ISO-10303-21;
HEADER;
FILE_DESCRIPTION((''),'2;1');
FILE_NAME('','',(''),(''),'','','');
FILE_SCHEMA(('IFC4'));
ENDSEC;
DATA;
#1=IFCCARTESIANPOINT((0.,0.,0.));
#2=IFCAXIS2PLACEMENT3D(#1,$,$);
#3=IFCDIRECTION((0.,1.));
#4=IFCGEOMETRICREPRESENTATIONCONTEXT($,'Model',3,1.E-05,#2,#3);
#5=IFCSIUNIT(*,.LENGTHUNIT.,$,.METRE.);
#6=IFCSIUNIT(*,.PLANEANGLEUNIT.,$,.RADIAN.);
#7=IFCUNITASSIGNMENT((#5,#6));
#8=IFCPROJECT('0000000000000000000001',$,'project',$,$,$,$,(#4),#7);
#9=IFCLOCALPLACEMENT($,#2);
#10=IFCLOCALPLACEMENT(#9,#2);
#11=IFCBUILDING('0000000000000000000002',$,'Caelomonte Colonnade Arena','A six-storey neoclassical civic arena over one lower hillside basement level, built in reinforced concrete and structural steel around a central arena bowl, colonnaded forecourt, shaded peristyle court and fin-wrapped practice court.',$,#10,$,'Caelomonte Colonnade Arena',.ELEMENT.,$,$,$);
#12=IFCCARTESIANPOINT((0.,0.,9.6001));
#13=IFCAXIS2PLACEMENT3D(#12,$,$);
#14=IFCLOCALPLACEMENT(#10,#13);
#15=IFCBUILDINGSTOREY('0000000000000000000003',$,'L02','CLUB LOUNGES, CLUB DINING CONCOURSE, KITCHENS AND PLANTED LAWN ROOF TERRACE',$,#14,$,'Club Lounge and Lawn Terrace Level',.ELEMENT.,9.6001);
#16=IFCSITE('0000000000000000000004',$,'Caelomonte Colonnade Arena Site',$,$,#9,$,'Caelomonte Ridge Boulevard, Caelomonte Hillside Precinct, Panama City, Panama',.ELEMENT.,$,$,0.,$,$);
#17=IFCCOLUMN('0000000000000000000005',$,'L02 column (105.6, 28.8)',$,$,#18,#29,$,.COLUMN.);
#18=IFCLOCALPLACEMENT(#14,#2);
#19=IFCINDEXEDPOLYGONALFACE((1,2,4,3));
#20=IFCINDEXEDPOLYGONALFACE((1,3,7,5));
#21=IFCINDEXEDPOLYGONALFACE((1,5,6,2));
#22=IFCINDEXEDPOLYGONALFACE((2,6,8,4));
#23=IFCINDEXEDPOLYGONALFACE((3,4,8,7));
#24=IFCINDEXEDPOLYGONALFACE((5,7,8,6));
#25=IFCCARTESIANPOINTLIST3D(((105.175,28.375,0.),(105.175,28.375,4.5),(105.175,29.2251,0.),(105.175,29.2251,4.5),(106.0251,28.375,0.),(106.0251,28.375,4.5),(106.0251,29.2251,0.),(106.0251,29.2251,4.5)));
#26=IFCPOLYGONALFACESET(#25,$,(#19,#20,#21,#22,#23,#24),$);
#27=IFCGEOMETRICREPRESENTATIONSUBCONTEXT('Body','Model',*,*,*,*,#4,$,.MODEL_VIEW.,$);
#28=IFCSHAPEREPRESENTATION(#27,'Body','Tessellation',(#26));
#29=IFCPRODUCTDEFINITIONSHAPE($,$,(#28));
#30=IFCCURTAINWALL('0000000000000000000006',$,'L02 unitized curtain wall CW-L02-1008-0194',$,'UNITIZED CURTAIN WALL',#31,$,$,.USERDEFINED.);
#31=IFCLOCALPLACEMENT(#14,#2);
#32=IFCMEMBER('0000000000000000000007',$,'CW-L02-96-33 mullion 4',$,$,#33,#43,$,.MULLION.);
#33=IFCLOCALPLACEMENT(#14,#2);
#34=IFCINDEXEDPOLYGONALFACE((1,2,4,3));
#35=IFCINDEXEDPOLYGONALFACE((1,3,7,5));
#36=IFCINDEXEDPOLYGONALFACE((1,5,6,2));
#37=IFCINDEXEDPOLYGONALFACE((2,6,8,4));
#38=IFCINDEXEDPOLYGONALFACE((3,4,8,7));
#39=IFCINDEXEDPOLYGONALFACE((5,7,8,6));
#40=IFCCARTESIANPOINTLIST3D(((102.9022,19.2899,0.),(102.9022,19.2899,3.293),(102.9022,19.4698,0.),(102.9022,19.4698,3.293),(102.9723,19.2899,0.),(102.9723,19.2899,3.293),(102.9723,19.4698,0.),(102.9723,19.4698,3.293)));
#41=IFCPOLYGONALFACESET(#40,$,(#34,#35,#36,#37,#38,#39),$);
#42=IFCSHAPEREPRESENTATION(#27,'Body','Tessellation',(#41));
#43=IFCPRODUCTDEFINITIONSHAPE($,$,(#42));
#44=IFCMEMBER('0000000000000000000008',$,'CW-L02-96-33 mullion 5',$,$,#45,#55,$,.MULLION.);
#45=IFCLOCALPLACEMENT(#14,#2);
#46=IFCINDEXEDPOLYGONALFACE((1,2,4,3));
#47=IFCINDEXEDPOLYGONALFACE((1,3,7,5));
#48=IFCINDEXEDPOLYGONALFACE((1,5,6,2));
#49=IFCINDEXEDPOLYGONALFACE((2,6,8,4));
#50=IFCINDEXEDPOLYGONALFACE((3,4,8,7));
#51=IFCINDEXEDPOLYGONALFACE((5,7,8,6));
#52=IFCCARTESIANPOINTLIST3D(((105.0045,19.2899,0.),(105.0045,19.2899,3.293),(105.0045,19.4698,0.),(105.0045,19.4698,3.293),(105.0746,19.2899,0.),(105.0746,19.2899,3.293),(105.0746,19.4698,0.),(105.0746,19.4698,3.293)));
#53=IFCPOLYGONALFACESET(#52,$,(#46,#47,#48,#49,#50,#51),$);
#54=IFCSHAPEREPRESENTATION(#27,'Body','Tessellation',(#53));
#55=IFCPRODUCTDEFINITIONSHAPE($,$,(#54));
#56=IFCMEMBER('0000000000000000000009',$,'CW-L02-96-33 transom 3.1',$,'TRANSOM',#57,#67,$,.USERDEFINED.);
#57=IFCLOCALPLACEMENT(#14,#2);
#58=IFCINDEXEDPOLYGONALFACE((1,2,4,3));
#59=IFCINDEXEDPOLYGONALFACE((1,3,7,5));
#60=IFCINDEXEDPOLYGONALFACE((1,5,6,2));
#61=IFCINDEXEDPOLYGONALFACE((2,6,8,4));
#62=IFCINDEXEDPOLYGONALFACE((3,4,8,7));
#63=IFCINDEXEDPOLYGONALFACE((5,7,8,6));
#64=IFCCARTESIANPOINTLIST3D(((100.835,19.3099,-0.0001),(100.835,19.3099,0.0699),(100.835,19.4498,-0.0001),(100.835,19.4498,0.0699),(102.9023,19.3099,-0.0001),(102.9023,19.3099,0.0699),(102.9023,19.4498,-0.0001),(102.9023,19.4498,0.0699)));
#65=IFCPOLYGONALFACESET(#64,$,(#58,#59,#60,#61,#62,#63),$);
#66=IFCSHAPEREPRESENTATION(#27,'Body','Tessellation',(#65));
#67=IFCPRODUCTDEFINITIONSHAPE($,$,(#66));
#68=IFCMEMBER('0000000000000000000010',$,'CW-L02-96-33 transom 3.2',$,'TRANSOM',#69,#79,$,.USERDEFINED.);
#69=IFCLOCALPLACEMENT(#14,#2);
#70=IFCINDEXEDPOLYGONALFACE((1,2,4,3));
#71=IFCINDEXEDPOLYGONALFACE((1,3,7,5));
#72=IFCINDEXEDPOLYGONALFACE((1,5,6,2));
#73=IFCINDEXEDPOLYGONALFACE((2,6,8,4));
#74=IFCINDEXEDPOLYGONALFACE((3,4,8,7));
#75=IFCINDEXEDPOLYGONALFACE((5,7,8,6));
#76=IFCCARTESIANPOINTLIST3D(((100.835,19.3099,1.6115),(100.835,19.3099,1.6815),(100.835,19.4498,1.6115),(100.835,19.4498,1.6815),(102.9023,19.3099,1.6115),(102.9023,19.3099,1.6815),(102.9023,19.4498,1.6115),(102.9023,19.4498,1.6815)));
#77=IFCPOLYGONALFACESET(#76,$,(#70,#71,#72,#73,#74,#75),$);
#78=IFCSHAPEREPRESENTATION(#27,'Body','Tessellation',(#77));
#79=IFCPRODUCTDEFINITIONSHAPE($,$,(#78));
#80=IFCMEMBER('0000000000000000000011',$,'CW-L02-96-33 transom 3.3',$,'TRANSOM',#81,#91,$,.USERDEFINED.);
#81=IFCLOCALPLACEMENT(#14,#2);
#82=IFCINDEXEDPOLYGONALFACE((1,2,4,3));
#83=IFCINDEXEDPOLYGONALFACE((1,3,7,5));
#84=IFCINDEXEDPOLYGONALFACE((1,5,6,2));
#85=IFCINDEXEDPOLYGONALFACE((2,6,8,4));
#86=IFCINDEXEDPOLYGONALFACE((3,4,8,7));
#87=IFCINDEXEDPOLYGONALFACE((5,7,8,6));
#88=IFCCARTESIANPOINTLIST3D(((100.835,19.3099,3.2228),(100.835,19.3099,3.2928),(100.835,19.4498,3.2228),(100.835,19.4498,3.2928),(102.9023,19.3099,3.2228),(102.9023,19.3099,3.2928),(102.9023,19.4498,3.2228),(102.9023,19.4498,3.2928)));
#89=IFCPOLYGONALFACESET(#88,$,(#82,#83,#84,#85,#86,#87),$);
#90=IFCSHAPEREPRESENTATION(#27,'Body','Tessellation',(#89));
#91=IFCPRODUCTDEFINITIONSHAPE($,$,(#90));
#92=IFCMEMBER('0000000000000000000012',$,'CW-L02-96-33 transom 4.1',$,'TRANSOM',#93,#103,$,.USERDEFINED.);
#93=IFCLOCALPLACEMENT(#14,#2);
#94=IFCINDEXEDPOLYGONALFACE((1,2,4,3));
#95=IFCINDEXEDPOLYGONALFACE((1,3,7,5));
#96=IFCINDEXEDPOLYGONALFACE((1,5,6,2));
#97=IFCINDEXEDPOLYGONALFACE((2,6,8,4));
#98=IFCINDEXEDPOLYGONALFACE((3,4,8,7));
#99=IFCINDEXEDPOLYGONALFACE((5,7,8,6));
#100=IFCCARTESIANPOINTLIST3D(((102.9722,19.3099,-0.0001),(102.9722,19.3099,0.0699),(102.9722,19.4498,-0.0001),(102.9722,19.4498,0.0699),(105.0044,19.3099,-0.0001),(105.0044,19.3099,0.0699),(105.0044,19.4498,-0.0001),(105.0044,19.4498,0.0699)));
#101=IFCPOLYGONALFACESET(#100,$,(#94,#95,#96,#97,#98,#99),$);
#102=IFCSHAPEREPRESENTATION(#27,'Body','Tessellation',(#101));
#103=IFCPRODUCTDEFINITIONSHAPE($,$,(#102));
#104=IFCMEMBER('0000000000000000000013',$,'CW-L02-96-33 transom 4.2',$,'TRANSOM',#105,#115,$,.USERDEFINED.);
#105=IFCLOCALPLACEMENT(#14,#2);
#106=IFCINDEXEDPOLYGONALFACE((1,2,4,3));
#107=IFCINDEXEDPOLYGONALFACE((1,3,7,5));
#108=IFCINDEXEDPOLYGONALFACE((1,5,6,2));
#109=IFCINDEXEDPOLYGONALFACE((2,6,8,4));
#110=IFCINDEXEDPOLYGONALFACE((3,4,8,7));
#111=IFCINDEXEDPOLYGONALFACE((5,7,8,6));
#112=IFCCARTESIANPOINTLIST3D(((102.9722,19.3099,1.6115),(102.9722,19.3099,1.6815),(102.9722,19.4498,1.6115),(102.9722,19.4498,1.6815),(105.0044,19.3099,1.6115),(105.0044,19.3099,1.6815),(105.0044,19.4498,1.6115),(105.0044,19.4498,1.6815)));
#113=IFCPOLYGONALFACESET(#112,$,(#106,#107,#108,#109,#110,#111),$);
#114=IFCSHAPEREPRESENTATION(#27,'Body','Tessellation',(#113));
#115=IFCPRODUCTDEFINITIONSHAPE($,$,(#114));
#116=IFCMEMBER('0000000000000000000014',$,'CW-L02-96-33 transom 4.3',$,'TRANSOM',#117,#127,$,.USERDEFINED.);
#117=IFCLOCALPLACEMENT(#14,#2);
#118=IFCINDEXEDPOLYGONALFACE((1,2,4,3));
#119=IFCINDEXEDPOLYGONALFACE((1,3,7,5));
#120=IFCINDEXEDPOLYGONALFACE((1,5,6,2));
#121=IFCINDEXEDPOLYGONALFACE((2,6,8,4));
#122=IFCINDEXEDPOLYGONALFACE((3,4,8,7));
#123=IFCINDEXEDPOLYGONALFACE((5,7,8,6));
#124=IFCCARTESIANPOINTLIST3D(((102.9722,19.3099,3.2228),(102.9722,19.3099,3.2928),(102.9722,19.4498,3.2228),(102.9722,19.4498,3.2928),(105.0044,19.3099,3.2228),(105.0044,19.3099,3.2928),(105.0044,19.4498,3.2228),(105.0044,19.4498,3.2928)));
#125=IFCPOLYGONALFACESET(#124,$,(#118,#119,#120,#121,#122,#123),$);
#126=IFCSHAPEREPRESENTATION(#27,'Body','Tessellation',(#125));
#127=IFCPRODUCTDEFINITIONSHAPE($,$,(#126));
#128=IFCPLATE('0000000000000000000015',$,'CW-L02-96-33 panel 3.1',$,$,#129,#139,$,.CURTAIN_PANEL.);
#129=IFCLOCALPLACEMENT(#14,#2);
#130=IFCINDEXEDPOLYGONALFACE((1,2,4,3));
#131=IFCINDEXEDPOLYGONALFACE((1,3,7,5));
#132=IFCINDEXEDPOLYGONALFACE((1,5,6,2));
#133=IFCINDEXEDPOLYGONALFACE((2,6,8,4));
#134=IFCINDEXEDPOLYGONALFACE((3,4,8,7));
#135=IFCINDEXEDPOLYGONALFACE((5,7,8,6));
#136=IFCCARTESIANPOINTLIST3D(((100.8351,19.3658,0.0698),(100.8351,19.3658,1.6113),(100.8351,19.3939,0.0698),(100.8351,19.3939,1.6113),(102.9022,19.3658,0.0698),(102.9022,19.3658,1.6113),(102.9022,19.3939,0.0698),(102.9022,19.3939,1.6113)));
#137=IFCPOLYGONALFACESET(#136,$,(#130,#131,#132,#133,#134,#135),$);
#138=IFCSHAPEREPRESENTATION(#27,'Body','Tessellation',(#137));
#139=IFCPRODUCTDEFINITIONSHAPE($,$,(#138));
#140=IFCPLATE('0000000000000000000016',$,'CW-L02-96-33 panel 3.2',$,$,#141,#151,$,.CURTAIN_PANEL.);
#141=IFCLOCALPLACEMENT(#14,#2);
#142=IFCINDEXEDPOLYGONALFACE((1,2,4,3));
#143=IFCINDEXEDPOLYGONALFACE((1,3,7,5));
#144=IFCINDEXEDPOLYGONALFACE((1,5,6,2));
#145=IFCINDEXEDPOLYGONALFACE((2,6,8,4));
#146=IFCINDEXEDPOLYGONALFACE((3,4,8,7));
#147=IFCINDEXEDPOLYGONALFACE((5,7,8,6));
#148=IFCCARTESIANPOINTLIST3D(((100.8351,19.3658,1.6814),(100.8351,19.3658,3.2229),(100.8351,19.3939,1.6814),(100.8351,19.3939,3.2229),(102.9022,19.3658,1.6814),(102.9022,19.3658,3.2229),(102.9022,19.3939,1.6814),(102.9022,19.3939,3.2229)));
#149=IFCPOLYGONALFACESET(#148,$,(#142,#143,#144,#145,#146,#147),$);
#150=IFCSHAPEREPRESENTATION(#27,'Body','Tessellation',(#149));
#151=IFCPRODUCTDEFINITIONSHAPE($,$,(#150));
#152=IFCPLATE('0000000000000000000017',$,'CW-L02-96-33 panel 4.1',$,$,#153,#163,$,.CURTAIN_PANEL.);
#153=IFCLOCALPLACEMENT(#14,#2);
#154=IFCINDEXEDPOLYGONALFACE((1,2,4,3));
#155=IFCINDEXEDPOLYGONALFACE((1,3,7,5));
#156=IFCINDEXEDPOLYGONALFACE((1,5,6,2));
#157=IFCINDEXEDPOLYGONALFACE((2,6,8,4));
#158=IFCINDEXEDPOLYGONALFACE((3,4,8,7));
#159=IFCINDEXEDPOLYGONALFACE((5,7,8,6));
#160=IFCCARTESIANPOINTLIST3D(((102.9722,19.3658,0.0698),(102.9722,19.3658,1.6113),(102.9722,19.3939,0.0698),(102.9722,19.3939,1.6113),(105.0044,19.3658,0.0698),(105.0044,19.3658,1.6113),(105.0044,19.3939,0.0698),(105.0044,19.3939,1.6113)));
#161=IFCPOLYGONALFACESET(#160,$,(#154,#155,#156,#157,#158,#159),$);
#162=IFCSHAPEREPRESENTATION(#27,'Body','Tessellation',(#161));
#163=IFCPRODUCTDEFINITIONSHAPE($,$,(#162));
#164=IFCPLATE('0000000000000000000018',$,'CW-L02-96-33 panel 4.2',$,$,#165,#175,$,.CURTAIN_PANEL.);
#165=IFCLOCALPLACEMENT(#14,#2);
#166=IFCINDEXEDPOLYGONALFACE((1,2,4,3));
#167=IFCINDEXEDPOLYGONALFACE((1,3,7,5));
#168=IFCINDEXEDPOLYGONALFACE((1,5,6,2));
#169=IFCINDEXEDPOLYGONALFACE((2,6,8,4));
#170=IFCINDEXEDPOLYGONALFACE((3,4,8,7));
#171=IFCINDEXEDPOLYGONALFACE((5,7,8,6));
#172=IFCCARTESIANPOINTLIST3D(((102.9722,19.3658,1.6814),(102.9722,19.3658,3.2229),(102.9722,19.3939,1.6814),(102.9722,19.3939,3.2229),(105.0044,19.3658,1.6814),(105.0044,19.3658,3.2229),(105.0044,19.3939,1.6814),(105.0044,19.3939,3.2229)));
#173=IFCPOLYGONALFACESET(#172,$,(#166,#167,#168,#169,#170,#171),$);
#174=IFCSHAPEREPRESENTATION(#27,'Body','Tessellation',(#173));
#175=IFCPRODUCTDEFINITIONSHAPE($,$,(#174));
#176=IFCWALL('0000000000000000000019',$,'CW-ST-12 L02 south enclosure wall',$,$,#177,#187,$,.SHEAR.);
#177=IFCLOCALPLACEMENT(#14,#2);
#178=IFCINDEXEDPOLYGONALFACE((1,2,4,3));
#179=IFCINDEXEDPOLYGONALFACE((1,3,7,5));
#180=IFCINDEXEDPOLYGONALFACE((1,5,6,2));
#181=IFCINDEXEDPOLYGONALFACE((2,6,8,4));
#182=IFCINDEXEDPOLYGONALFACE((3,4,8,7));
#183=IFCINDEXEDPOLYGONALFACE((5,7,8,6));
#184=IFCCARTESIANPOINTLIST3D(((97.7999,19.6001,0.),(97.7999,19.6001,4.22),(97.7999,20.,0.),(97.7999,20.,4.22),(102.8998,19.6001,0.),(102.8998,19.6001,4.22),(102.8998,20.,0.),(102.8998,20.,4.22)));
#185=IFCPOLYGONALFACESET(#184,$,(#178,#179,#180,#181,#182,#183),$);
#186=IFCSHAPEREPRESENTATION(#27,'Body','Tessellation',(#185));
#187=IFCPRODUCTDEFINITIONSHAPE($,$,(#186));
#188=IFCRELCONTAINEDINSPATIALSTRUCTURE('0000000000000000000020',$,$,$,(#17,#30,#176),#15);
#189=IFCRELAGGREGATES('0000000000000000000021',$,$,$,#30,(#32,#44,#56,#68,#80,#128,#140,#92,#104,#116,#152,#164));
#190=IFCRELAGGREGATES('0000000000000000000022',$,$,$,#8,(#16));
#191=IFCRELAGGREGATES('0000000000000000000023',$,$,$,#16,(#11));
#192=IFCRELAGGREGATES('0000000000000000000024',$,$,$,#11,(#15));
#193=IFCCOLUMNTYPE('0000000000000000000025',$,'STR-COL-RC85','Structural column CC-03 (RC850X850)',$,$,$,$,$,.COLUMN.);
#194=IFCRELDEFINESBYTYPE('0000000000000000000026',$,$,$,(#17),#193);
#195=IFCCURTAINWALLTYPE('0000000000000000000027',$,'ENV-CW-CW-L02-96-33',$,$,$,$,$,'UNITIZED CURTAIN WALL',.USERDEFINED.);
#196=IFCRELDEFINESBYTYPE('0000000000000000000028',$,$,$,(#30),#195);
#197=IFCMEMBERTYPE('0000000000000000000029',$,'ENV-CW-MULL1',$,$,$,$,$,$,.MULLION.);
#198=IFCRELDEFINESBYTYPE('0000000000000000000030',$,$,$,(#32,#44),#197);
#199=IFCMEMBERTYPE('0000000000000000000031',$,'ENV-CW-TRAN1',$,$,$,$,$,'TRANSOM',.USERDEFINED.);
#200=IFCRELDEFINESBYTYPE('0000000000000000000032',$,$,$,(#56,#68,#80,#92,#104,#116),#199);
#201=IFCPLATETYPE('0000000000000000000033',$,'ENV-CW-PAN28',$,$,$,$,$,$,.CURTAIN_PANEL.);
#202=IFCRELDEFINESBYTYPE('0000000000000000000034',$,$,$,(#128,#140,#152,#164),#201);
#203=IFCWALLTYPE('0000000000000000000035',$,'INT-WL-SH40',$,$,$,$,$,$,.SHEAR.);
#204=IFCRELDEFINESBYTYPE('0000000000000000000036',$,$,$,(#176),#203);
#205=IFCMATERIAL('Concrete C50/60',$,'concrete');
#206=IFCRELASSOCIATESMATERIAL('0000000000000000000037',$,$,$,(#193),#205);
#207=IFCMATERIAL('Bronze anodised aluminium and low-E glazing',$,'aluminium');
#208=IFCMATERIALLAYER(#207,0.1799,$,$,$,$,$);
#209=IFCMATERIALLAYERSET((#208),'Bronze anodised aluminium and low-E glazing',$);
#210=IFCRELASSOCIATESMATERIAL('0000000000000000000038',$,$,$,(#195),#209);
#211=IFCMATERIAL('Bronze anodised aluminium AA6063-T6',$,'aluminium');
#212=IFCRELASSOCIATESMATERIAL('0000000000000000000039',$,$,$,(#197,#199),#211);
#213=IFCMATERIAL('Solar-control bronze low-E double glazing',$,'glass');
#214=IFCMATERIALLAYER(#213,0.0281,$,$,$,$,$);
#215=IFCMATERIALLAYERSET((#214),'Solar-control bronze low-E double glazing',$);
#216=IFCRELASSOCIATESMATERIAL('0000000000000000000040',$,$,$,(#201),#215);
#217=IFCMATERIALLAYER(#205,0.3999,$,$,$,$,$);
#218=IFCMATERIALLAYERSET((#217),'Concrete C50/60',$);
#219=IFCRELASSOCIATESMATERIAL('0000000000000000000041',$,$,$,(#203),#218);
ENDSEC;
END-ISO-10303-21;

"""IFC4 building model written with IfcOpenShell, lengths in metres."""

from ifc_helpers import new_model, si_unit, direction, frame, frame_2d, origin, origin_2d, place, context, subcontext, project, spatial, rectangle, extrude, material, layer, layer_set, material_profile, profile_set, type_object, element, aggregate, save


model = new_model("IFC4")

# Units and contexts
model_context = context("Model", 3, precision=1e-05, world=origin(), true_north=direction((0.0, 1.0)))
body_context = subcontext(model_context, "Body", "Model", "MODEL_VIEW")
ifc_project = project(units=[si_unit("LENGTHUNIT", "METRE"), si_unit("PLANEANGLEUNIT", "RADIAN")], contexts=[model_context])

# Site, building, storey
site_placement = place(None, origin())
site = spatial("IfcSite", under=ifc_project, at=site_placement, Name="Caelomonte Colonnade Arena Site", LongName="Caelomonte Ridge Boulevard, Caelomonte Hillside Precinct, Panama City, Panama", CompositionType="ELEMENT", RefElevation=0.0)
building_placement = place(site_placement, origin())
building = spatial("IfcBuilding", under=site, at=building_placement, Name="Caelomonte Colonnade Arena", Description="A six-storey neoclassical civic arena over one lower hillside basement level, built in reinforced concrete and structural steel around a central arena bowl, colonnaded forecourt, shaded peristyle court and fin-wrapped practice court.", LongName="Caelomonte Colonnade Arena", CompositionType="ELEMENT")
storey_placement = place(building_placement, frame((0.0, 0.0, 9.6001)))
storey = spatial("IfcBuildingStorey", under=building, at=storey_placement, Name="L02", Description="CLUB LOUNGES, CLUB DINING CONCOURSE, KITCHENS AND PLANTED LAWN ROOF TERRACE", LongName="Club Lounge and Lawn Terrace Level", CompositionType="ELEMENT", Elevation=9.6001)

# Column
ifc_material_1 = material(Name="Concrete C50/60", Category="concrete")
ifc_material_profile_1 = material_profile(ifc_material_1, rectangle(XDim=0.8501, YDim=0.8501, at=origin_2d()), Name="RC850X850")
ifc_profile_set_1 = profile_set([ifc_material_profile_1], Name="Concrete C50/60")
column_type = type_object("IfcColumnType", Name="STR-COL-RC85", Description="Structural column CC-03 (RC850X850)", PredefinedType="COLUMN", material=ifc_profile_set_1)
column_placement = place(storey_placement, frame((105.6001, 28.8, 0.0), z_axis=(0.0, 0.0, 1.0), x_axis=(1.0, 0.0, 0.0)))
element("IfcColumn", 1, at=column_placement, inside=storey, type_object=column_type, Name="L02 column (105.6, 28.8)", PredefinedType="COLUMN", context=body_context, shape_type="SweptSolid", body=[
    extrude(rectangle(XDim=0.8501, YDim=0.8501, at=origin_2d()), origin(), (0.0, 0.0, 1.0), 4.5),
])

# Curtain wall, members, plates
ifc_material_2 = material(Name="Bronze anodised aluminium and low-E glazing", Category="aluminium")
ifc_layer_1 = layer(ifc_material_2, 0.1799)
ifc_layer_set_1 = layer_set([ifc_layer_1], Name="Bronze anodised aluminium and low-E glazing")
curtain_wall_type = type_object("IfcCurtainWallType", Name="ENV-CW-CW-L02-96-33", ElementType="UNITIZED CURTAIN WALL", PredefinedType="USERDEFINED", material=ifc_layer_set_1)
curtain_wall_placement = place(storey_placement, origin())
curtain_wall = element("IfcCurtainWall", 2, at=curtain_wall_placement, inside=storey, type_object=curtain_wall_type, Name="L02 unitized curtain wall CW-L02-1008-0194", ObjectType="UNITIZED CURTAIN WALL", PredefinedType="USERDEFINED")
ifc_material_3 = material(Name="Bronze anodised aluminium AA6063-T6", Category="aluminium")
ifc_material_profile_2 = material_profile(ifc_material_3, rectangle(XDim=0.0701, YDim=0.1799, at=origin_2d()), Name="CWM-70X180")
ifc_profile_set_2 = profile_set([ifc_material_profile_2], Name="Bronze anodised aluminium AA6063-T6")
member_type_1 = type_object("IfcMemberType", Name="ENV-CW-MULL1", PredefinedType="MULLION", material=ifc_profile_set_2)
member_1_placement = place(storey_placement, frame((102.9373, 19.3799, 0.0), z_axis=(0.0, 0.0, 1.0), x_axis=(1.0, 0.0, 0.0)))
member_1 = element("IfcMember", 3, at=member_1_placement, type_object=member_type_1, Name="CW-L02-96-33 mullion 4", PredefinedType="MULLION", context=body_context, shape_type="SweptSolid", body=[
    extrude(rectangle(XDim=0.0701, YDim=0.1799, at=origin_2d()), origin(), (0.0, 0.0, 1.0), 3.293),
])
member_2_placement = place(storey_placement, frame((105.0396, 19.3799, 0.0), z_axis=(0.0, 0.0, 1.0), x_axis=(1.0, 0.0, 0.0)))
member_2 = element("IfcMember", 4, at=member_2_placement, type_object=member_type_1, Name="CW-L02-96-33 mullion 5", PredefinedType="MULLION", context=body_context, shape_type="SweptSolid", body=[
    extrude(rectangle(XDim=0.0701, YDim=0.1799, at=origin_2d()), origin(), (0.0, 0.0, 1.0), 3.293),
])
ifc_material_profile_3 = material_profile(ifc_material_3, rectangle(XDim=0.0701, YDim=0.1399, at=origin_2d()), Name="CWT-70X140")
ifc_profile_set_3 = profile_set([ifc_material_profile_3], Name="Bronze anodised aluminium AA6063-T6")
member_type_2 = type_object("IfcMemberType", Name="ENV-CW-TRAN1", ElementType="TRANSOM", PredefinedType="USERDEFINED", material=ifc_profile_set_3)
member_3_placement = place(storey_placement, frame((100.835, 19.3799, 0.0349), z_axis=(1.0, 0.0, 0.0), x_axis=(0.0, 0.0, 1.0)))
member_3 = element("IfcMember", 5, at=member_3_placement, type_object=member_type_2, Name="CW-L02-96-33 transom 3.1", ObjectType="TRANSOM", PredefinedType="USERDEFINED", context=body_context, shape_type="SweptSolid", body=[
    extrude(rectangle(XDim=0.0701, YDim=0.1399, at=origin_2d()), origin(), (0.0, 0.0, 1.0), 2.0674),
])
member_4_placement = place(storey_placement, frame((100.835, 19.3799, 1.6465), z_axis=(1.0, 0.0, 0.0), x_axis=(0.0, 0.0, 1.0)))
member_4 = element("IfcMember", 6, at=member_4_placement, type_object=member_type_2, Name="CW-L02-96-33 transom 3.2", ObjectType="TRANSOM", PredefinedType="USERDEFINED", context=body_context, shape_type="SweptSolid", body=[
    extrude(rectangle(XDim=0.0701, YDim=0.1399, at=origin_2d()), origin(), (0.0, 0.0, 1.0), 2.0674),
])
member_5_placement = place(storey_placement, frame((100.835, 19.3799, 3.2578), z_axis=(1.0, 0.0, 0.0), x_axis=(0.0, 0.0, 1.0)))
member_5 = element("IfcMember", 7, at=member_5_placement, type_object=member_type_2, Name="CW-L02-96-33 transom 3.3", ObjectType="TRANSOM", PredefinedType="USERDEFINED", context=body_context, shape_type="SweptSolid", body=[
    extrude(rectangle(XDim=0.0701, YDim=0.1399, at=origin_2d()), origin(), (0.0, 0.0, 1.0), 2.0674),
])
member_6_placement = place(storey_placement, frame((102.9722, 19.3799, 0.0349), z_axis=(1.0, 0.0, 0.0), x_axis=(0.0, 0.0, 1.0)))
member_6 = element("IfcMember", 8, at=member_6_placement, type_object=member_type_2, Name="CW-L02-96-33 transom 4.1", ObjectType="TRANSOM", PredefinedType="USERDEFINED", context=body_context, shape_type="SweptSolid", body=[
    extrude(rectangle(XDim=0.0701, YDim=0.1399, at=origin_2d()), origin(), (0.0, 0.0, 1.0), 2.0322),
])
member_7_placement = place(storey_placement, frame((102.9722, 19.3799, 1.6465), z_axis=(1.0, 0.0, 0.0), x_axis=(0.0, 0.0, 1.0)))
member_7 = element("IfcMember", 9, at=member_7_placement, type_object=member_type_2, Name="CW-L02-96-33 transom 4.2", ObjectType="TRANSOM", PredefinedType="USERDEFINED", context=body_context, shape_type="SweptSolid", body=[
    extrude(rectangle(XDim=0.0701, YDim=0.1399, at=origin_2d()), origin(), (0.0, 0.0, 1.0), 2.0322),
])
member_8_placement = place(storey_placement, frame((102.9722, 19.3799, 3.2578), z_axis=(1.0, 0.0, 0.0), x_axis=(0.0, 0.0, 1.0)))
member_8 = element("IfcMember", 10, at=member_8_placement, type_object=member_type_2, Name="CW-L02-96-33 transom 4.3", ObjectType="TRANSOM", PredefinedType="USERDEFINED", context=body_context, shape_type="SweptSolid", body=[
    extrude(rectangle(XDim=0.0701, YDim=0.1399, at=origin_2d()), origin(), (0.0, 0.0, 1.0), 2.0322),
])
ifc_material_4 = material(Name="Solar-control bronze low-E double glazing", Category="glass")
ifc_layer_2 = layer(ifc_material_4, 0.0281)
ifc_layer_set_2 = layer_set([ifc_layer_2], Name="Solar-control bronze low-E double glazing")
plate_type = type_object("IfcPlateType", Name="ENV-CW-PAN28", PredefinedType="CURTAIN_PANEL", material=ifc_layer_set_2)
plate_1_placement = place(storey_placement, frame((101.8687, 19.3799, 0.0698), z_axis=(0.0, 0.0, 1.0), x_axis=(1.0, 0.0, 0.0)))
plate_1 = element("IfcPlate", 11, at=plate_1_placement, type_object=plate_type, Name="CW-L02-96-33 panel 3.1", PredefinedType="CURTAIN_PANEL", context=body_context, shape_type="SweptSolid", body=[
    extrude(rectangle(XDim=2.0671, YDim=0.0281, at=origin_2d()), origin(), (0.0, 0.0, 1.0), 1.5415),
])
plate_2_placement = place(storey_placement, frame((101.8687, 19.3799, 1.6814), z_axis=(0.0, 0.0, 1.0), x_axis=(1.0, 0.0, 0.0)))
plate_2 = element("IfcPlate", 12, at=plate_2_placement, type_object=plate_type, Name="CW-L02-96-33 panel 3.2", PredefinedType="CURTAIN_PANEL", context=body_context, shape_type="SweptSolid", body=[
    extrude(rectangle(XDim=2.0671, YDim=0.0281, at=origin_2d()), origin(), (0.0, 0.0, 1.0), 1.5415),
])
plate_3_placement = place(storey_placement, frame((103.9883, 19.3799, 0.0698), z_axis=(0.0, 0.0, 1.0), x_axis=(1.0, 0.0, 0.0)))
plate_3 = element("IfcPlate", 13, at=plate_3_placement, type_object=plate_type, Name="CW-L02-96-33 panel 4.1", PredefinedType="CURTAIN_PANEL", context=body_context, shape_type="SweptSolid", body=[
    extrude(rectangle(XDim=2.0322, YDim=0.0281, at=origin_2d()), origin(), (0.0, 0.0, 1.0), 1.5415),
])
plate_4_placement = place(storey_placement, frame((103.9883, 19.3799, 1.6814), z_axis=(0.0, 0.0, 1.0), x_axis=(1.0, 0.0, 0.0)))
plate_4 = element("IfcPlate", 14, at=plate_4_placement, type_object=plate_type, Name="CW-L02-96-33 panel 4.2", PredefinedType="CURTAIN_PANEL", context=body_context, shape_type="SweptSolid", body=[
    extrude(rectangle(XDim=2.0322, YDim=0.0281, at=origin_2d()), origin(), (0.0, 0.0, 1.0), 1.5415),
])
aggregate(curtain_wall, [member_1, member_2, member_3, member_4, member_5, plate_1, plate_2, member_6, member_7, member_8, plate_3, plate_4])

# Wall
ifc_layer_3 = layer(ifc_material_1, 0.3999)
ifc_layer_set_3 = layer_set([ifc_layer_3], Name="Concrete C50/60")
wall_type = type_object("IfcWallType", Name="INT-WL-SH40", PredefinedType="SHEAR", material=ifc_layer_set_3)
wall_1_placement = place(storey_placement, frame((97.8, 19.8, 0.0), z_axis=(0.0, 0.0, 1.0), x_axis=(1.0, 0.0, 0.0)))
element("IfcWall", 15, at=wall_1_placement, inside=storey, type_object=wall_type, Name="CW-ST-12 L02 south enclosure wall", PredefinedType="SHEAR", context=body_context, shape_type="SweptSolid", body=[
    extrude(rectangle(XDim=5.0999, YDim=0.3999, at=frame_2d((2.5498, 0.0))), origin(), (0.0, 0.0, 1.0), 4.22),
])

save(model, "model.ifc")
